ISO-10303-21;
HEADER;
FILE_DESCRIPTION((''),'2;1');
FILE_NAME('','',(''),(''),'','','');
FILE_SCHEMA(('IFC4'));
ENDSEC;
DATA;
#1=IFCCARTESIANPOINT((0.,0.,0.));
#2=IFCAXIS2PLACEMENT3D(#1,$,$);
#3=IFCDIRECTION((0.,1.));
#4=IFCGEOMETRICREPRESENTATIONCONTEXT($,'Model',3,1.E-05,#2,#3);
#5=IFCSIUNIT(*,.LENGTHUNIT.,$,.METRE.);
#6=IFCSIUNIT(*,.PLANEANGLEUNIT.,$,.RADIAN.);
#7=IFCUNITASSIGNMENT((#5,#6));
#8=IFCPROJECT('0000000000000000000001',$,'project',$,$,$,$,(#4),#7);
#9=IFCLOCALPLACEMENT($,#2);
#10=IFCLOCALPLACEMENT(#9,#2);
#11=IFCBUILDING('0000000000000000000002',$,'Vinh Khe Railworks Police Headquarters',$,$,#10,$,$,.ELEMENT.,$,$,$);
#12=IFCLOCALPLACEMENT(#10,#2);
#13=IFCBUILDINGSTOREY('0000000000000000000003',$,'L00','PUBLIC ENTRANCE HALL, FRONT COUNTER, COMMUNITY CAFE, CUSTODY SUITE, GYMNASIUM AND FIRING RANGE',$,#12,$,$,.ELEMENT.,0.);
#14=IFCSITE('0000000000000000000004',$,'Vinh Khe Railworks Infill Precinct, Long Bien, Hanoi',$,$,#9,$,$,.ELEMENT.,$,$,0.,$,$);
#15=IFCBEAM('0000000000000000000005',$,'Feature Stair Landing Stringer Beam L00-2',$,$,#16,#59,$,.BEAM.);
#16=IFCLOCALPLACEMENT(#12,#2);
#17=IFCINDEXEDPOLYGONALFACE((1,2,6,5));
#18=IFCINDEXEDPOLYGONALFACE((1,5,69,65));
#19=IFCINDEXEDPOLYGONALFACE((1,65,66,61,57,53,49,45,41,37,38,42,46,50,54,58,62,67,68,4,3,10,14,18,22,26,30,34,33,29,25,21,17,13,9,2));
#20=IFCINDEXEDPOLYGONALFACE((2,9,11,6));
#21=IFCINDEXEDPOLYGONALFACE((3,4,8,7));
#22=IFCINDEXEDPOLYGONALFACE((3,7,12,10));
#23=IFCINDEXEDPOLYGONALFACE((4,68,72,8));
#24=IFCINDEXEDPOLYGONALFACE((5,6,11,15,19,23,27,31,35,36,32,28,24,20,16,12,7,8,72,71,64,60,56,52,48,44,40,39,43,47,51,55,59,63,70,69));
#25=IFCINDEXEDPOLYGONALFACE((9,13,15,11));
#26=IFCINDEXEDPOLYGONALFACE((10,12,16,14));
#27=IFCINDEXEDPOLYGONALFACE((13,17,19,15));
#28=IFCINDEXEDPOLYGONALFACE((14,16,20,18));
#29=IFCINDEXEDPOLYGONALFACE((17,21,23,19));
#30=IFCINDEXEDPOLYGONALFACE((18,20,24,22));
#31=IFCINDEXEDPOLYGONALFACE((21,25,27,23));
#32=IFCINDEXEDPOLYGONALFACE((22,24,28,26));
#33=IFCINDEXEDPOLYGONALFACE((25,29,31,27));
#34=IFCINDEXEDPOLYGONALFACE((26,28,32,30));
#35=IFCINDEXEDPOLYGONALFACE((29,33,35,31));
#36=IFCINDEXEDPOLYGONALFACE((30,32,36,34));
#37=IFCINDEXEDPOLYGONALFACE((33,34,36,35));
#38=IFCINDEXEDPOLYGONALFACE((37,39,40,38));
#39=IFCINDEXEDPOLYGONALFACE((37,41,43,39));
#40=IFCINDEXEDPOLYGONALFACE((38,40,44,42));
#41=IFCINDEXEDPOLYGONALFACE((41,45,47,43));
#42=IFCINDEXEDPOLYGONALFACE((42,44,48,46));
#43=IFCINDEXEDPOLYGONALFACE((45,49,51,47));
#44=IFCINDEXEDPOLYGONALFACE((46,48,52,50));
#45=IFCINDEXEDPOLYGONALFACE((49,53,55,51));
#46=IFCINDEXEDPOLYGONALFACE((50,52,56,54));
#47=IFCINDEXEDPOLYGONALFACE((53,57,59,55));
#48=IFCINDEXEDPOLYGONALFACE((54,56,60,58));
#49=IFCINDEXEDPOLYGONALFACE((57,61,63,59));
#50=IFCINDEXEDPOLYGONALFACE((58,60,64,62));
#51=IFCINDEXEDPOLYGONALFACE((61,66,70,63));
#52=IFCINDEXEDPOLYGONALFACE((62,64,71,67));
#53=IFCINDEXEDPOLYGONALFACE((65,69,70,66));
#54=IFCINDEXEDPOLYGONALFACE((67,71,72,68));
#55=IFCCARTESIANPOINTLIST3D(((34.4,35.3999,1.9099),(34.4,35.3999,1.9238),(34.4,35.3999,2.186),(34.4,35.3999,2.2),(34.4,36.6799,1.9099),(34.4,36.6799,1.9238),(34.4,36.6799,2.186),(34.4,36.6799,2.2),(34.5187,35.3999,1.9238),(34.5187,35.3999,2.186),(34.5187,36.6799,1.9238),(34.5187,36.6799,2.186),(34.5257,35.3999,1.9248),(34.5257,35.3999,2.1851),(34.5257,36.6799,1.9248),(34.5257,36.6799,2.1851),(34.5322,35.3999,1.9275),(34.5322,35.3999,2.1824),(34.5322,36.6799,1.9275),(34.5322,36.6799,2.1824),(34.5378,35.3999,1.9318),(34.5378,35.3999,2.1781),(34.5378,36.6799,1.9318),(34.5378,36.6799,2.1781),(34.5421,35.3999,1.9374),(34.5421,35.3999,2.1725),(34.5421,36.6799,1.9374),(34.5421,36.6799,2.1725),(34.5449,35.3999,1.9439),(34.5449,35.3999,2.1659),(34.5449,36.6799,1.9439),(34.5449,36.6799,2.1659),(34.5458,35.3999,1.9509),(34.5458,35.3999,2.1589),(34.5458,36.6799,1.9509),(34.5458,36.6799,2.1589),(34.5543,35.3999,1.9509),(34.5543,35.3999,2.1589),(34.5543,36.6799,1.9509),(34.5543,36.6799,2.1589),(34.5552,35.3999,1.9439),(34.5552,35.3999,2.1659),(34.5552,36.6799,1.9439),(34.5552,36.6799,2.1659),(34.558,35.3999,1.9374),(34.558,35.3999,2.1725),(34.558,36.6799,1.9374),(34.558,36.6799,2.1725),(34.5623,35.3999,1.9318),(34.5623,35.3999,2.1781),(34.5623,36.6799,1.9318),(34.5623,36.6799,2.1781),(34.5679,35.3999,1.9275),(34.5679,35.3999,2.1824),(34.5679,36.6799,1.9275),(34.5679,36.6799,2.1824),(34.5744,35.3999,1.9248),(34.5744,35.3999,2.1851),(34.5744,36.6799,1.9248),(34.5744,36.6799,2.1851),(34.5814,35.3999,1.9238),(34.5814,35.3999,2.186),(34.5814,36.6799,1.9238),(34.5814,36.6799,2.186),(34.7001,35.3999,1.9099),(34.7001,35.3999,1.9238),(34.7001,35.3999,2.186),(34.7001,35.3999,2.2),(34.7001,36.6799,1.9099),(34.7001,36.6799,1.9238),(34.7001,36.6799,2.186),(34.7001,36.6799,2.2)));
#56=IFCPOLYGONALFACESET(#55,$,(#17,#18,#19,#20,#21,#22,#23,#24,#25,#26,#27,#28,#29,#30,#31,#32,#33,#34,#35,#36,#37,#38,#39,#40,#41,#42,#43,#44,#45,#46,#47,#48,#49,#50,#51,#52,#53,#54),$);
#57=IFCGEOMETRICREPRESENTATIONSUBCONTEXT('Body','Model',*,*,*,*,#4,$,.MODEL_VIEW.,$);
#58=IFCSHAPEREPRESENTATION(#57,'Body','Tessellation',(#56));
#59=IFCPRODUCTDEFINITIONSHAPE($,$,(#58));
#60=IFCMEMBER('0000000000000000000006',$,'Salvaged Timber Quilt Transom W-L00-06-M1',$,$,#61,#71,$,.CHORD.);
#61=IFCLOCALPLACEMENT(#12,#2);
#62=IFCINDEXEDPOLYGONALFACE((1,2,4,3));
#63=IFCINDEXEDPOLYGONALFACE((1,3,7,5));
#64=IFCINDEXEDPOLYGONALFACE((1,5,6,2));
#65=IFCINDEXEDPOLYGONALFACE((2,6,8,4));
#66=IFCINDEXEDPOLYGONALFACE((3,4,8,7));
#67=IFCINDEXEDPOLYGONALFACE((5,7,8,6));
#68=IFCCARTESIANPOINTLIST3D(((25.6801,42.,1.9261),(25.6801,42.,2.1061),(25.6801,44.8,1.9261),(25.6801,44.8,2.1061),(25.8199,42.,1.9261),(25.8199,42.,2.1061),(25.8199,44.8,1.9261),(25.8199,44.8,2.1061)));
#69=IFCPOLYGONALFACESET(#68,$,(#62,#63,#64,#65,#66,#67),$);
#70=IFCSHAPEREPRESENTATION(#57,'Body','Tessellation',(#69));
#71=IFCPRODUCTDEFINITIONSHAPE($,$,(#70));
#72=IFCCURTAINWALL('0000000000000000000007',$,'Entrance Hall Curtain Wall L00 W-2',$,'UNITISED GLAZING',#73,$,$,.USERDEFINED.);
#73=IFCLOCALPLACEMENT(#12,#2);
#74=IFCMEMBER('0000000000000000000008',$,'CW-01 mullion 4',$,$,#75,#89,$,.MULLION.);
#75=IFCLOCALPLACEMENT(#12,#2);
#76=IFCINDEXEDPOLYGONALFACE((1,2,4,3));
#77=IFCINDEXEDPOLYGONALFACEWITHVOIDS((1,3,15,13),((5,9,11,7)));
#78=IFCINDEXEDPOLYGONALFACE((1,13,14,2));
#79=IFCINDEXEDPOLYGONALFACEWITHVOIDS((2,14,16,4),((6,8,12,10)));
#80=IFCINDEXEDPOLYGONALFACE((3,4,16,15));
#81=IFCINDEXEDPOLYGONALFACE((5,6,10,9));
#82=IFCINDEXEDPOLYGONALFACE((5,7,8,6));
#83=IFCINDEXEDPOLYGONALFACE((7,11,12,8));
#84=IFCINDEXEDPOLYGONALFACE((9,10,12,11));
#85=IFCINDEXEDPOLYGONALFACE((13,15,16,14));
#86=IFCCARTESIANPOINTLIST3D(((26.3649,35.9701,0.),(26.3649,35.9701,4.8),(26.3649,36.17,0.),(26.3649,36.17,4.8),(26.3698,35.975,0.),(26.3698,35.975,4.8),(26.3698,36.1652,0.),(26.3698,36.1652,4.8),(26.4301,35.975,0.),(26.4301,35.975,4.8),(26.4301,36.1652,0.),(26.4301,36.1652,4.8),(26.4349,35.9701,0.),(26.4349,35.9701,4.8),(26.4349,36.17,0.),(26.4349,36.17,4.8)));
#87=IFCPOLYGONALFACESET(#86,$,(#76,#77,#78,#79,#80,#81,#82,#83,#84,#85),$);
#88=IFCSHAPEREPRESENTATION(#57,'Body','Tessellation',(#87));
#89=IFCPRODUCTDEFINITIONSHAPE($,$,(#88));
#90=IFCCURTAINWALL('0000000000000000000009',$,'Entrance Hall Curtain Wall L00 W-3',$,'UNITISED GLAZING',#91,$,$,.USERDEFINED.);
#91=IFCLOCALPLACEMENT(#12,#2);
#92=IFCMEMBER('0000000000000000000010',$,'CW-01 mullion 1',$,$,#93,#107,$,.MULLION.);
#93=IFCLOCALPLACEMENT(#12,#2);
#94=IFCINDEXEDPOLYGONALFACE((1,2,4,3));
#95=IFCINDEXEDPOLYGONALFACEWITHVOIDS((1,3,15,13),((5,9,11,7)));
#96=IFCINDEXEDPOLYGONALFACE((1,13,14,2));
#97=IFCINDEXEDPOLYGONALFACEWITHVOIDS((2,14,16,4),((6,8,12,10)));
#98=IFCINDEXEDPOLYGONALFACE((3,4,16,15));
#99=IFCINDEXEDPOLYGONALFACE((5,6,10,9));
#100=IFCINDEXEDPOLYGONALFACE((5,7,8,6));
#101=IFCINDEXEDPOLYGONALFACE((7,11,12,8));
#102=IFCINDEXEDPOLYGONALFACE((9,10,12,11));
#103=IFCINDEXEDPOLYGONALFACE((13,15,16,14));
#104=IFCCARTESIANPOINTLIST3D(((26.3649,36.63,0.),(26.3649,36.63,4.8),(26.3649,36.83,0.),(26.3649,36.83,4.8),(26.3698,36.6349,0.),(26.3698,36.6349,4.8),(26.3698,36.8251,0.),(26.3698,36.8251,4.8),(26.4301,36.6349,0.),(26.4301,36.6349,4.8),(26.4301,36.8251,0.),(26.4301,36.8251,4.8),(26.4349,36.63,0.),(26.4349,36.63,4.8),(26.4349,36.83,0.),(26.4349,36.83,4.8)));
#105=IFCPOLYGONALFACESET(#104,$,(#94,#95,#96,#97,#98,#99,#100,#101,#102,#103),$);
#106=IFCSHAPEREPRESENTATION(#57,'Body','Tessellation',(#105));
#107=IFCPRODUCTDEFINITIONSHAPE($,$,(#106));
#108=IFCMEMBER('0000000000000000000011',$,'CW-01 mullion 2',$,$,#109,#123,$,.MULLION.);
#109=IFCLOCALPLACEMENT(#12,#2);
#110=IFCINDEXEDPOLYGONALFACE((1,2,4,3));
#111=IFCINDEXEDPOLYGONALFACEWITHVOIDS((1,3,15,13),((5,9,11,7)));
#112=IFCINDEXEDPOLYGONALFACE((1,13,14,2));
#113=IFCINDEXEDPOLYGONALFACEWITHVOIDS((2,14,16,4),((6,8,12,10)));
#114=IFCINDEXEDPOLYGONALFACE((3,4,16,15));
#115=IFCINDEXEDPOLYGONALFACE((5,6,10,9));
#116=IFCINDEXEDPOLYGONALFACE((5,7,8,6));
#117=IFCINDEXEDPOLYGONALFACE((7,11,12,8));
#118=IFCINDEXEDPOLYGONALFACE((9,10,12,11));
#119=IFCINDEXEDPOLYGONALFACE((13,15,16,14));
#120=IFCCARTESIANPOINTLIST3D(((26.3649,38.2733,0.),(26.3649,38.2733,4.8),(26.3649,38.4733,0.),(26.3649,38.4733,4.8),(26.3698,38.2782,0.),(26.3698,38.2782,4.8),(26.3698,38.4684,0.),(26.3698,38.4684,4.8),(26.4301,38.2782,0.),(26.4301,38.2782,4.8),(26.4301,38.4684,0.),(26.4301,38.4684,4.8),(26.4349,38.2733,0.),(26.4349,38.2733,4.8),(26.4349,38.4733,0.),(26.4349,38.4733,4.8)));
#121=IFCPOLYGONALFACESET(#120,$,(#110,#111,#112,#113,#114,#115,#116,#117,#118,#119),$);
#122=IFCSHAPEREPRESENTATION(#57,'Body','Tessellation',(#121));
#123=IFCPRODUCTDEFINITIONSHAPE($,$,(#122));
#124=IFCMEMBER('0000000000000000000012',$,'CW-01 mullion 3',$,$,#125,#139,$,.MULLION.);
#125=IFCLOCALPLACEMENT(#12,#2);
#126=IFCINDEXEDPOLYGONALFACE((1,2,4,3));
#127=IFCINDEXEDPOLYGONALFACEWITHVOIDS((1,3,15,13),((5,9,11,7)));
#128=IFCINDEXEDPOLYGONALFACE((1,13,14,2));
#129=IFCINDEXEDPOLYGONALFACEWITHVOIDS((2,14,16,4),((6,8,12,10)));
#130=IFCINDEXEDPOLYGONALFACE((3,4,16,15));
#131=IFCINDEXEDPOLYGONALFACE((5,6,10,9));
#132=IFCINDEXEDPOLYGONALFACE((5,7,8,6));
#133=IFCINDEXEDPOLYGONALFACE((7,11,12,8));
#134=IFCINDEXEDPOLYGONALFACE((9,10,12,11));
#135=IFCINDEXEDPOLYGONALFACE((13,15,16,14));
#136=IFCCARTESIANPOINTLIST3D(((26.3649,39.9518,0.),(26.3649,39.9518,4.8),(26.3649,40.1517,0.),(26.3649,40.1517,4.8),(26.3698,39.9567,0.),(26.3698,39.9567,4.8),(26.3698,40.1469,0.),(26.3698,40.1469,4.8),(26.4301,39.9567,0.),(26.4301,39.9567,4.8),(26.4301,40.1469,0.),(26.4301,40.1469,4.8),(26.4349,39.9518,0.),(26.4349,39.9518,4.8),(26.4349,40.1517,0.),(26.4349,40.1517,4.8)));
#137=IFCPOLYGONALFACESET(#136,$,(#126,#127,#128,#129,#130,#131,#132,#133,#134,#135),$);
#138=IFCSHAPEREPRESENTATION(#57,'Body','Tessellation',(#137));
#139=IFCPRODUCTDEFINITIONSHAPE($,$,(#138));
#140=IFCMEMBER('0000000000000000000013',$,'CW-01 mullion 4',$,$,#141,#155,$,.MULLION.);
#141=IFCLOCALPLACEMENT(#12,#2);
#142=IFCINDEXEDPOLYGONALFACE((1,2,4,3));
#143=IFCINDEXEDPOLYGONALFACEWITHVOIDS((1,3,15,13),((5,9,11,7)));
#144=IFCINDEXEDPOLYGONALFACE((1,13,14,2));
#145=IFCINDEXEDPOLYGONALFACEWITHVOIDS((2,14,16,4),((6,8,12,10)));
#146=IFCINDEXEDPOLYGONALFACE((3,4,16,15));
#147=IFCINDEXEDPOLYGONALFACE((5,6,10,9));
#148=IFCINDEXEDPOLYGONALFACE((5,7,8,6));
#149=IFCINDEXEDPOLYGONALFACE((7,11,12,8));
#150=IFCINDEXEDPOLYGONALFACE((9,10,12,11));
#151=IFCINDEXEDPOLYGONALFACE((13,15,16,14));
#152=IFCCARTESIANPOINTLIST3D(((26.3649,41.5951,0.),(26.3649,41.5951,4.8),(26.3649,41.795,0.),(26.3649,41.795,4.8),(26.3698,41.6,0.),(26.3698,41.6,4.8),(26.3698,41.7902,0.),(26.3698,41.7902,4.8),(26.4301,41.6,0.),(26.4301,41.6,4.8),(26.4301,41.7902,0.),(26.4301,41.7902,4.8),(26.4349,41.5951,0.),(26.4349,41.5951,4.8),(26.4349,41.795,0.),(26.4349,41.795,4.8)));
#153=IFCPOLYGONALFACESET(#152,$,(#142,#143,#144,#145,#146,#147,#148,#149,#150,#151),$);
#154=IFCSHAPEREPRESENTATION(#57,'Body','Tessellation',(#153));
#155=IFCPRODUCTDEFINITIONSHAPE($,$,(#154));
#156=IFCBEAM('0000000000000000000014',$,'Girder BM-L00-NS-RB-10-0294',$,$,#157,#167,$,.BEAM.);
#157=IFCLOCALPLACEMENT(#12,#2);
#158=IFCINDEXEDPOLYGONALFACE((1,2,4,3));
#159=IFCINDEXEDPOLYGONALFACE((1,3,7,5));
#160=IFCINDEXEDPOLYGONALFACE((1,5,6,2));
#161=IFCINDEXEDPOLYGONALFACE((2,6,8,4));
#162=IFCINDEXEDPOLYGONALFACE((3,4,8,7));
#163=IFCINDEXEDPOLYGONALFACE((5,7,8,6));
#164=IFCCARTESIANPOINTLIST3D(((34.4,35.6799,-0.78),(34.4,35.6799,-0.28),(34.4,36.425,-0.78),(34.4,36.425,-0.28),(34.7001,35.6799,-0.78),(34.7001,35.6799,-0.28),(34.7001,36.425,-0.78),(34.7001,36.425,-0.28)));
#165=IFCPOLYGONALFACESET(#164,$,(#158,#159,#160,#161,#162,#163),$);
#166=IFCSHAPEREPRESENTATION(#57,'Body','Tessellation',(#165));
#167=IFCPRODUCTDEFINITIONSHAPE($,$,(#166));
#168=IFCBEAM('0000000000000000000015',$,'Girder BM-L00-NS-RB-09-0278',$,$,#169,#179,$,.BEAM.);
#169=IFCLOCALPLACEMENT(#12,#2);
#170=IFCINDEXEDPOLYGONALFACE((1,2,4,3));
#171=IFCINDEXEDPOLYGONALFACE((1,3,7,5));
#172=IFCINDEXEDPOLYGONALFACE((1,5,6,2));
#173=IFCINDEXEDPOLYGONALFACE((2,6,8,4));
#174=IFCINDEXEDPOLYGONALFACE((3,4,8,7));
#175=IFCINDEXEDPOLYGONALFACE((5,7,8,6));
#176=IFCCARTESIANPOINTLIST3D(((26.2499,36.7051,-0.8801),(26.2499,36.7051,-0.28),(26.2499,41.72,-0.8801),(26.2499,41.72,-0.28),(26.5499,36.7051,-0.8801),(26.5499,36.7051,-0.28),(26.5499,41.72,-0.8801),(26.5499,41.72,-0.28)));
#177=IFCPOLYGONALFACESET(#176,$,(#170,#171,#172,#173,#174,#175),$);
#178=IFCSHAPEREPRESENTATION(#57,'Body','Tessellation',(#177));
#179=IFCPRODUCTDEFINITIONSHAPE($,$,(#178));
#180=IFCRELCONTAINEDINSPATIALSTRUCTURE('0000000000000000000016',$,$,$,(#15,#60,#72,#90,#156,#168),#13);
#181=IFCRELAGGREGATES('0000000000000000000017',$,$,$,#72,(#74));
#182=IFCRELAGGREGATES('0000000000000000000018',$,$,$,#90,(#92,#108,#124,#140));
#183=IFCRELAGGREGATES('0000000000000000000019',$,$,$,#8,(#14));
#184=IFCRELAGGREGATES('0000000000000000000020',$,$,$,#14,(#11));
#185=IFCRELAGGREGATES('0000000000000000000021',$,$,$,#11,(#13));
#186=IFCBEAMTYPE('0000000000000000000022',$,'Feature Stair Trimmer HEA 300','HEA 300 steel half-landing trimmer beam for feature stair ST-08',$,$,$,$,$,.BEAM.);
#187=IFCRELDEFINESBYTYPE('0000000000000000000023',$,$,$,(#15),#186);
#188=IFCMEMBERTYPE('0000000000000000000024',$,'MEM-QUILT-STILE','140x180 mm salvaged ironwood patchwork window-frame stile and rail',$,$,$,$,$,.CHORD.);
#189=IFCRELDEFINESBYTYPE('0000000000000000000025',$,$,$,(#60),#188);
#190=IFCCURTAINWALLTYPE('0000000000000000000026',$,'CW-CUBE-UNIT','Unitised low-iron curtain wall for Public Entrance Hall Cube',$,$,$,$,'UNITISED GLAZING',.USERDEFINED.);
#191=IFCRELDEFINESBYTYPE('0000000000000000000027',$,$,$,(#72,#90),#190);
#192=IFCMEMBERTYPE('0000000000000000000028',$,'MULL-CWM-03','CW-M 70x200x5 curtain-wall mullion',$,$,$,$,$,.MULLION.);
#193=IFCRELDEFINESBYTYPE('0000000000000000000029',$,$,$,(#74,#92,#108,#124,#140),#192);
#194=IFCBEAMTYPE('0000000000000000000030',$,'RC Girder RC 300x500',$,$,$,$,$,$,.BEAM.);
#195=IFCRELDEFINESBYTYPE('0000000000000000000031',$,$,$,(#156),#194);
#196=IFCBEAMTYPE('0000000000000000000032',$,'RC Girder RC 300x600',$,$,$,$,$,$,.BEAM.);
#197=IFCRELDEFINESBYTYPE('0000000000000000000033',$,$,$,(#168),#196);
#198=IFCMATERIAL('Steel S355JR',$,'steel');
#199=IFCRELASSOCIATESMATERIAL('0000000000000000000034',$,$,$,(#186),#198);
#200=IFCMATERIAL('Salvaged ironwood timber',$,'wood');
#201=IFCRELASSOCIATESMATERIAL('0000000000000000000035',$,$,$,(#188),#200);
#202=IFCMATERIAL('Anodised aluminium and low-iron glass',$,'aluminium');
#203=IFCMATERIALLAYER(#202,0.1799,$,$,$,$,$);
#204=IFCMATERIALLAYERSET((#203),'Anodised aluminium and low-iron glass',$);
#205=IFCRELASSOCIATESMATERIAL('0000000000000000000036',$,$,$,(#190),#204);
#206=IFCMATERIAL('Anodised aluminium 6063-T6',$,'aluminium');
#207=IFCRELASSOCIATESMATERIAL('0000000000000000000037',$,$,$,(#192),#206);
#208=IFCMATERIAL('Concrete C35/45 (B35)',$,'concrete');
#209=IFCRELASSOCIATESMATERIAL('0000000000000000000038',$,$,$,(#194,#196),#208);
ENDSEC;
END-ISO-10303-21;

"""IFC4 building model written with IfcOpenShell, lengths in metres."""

from ifc_helpers import new_model, si_unit, direction, frame, origin, origin_2d, place, context, subcontext, project, spatial, rectangle, hollow_rectangle, i_section, extrude, material, layer, layer_set, material_profile, profile_set, type_object, element, aggregate, save


model = new_model("IFC4")

# Units and contexts
model_context = context("Model", 3, precision=1e-05, world=origin(), true_north=direction((0.0, 1.0)))
body_context = subcontext(model_context, "Body", "Model", "MODEL_VIEW")
ifc_project = project(units=[si_unit("LENGTHUNIT", "METRE"), si_unit("PLANEANGLEUNIT", "RADIAN")], contexts=[model_context])

# Site, building, storey
site_placement = place(None, origin())
site = spatial("IfcSite", under=ifc_project, at=site_placement, Name="Vinh Khe Railworks Infill Precinct, Long Bien, Hanoi", CompositionType="ELEMENT", RefElevation=0.0)
building_placement = place(site_placement, origin())
building = spatial("IfcBuilding", under=site, at=building_placement, Name="Vinh Khe Railworks Police Headquarters", CompositionType="ELEMENT")
storey_placement = place(building_placement, origin())
storey = spatial("IfcBuildingStorey", under=building, at=storey_placement, Name="L00", Description="PUBLIC ENTRANCE HALL, FRONT COUNTER, COMMUNITY CAFE, CUSTODY SUITE, GYMNASIUM AND FIRING RANGE", CompositionType="ELEMENT", Elevation=0.0)

# Shared definitions
ifc_material_1 = material(Name="Steel S355JR", Category="steel")

# Beam
ifc_material_profile_1 = material_profile(ifc_material_1, i_section(OverallWidth=0.3, OverallDepth=0.29, WebThickness=0.0085, FlangeThickness=0.0139, FilletRadius=0.0271, at=origin_2d()), Name="HEA 300")
ifc_profile_set_1 = profile_set([ifc_material_profile_1], Name="Steel S355JR")
beam_type_1 = type_object("IfcBeamType", Name="Feature Stair Trimmer HEA 300", Description="HEA 300 steel half-landing trimmer beam for feature stair ST-08", PredefinedType="BEAM", material=ifc_profile_set_1)
for number, where, z_axis, x_axis, name in (
    (1, (34.55, 35.3999, 2.0549), (0.0, 1.0, 0.0), (-1.0, 0.0, 0.0), "Feature Stair Landing Stringer Beam L00-2"),
):
    element("IfcBeam", number, at=place(storey_placement, frame(where, z_axis=z_axis, x_axis=x_axis)), inside=storey, type_object=beam_type_1, Name=name, PredefinedType="BEAM", context=body_context, shape_type="SweptSolid", body=[
        extrude(i_section(OverallWidth=0.3, OverallDepth=0.29, WebThickness=0.0085, FlangeThickness=0.0139, FilletRadius=0.0271, at=origin_2d()), origin(), (0.0, 0.0, 1.0), 1.28),
    ])

# Member
ifc_material_2 = material(Name="Salvaged ironwood timber", Category="wood")
ifc_material_profile_2 = material_profile(ifc_material_2, rectangle(XDim=0.1399, YDim=0.1799, at=origin_2d()), Name="TIMBER 140x180")
ifc_profile_set_2 = profile_set([ifc_material_profile_2], Name="Salvaged ironwood timber")
member_type_1 = type_object("IfcMemberType", Name="MEM-QUILT-STILE", Description="140x180 mm salvaged ironwood patchwork window-frame stile and rail", PredefinedType="CHORD", material=ifc_profile_set_2)
member_1_placement = place(storey_placement, frame((25.75, 42.0, 2.0161), z_axis=(0.0, 1.0, 0.0), x_axis=(-1.0, 0.0, 0.0)))
element("IfcMember", 2, at=member_1_placement, inside=storey, type_object=member_type_1, Name="Salvaged Timber Quilt Transom W-L00-06-M1", PredefinedType="CHORD", context=body_context, shape_type="SweptSolid", body=[
    extrude(rectangle(XDim=0.1399, YDim=0.1799, at=origin_2d()), origin(), (0.0, 0.0, 1.0), 2.8),
])

# Curtain wall, member
ifc_material_3 = material(Name="Anodised aluminium and low-iron glass", Category="aluminium")
ifc_layer_1 = layer(ifc_material_3, 0.1799)
ifc_layer_set_1 = layer_set([ifc_layer_1], Name="Anodised aluminium and low-iron glass")
curtain_wall_type = type_object("IfcCurtainWallType", Name="CW-CUBE-UNIT", Description="Unitised low-iron curtain wall for Public Entrance Hall Cube", ElementType="UNITISED GLAZING", PredefinedType="USERDEFINED", material=ifc_layer_set_1)
curtain_wall_1_placement = place(storey_placement, origin())
curtain_wall_1 = element("IfcCurtainWall", 3, at=curtain_wall_1_placement, inside=storey, type_object=curtain_wall_type, Name="Entrance Hall Curtain Wall L00 W-2", ObjectType="UNITISED GLAZING", PredefinedType="USERDEFINED")
ifc_material_4 = material(Name="Anodised aluminium 6063-T6", Category="aluminium")
ifc_material_profile_3 = material_profile(ifc_material_4, hollow_rectangle(XDim=0.0701, YDim=0.2, WallThickness=0.0049, at=origin_2d()), Name="CW-M 70x200x5")
ifc_profile_set_3 = profile_set([ifc_material_profile_3], Name="Anodised aluminium 6063-T6")
member_type_2 = type_object("IfcMemberType", Name="MULL-CWM-03", Description="CW-M 70x200x5 curtain-wall mullion", PredefinedType="MULLION", material=ifc_profile_set_3)
member_2_placement = place(storey_placement, frame((26.3999, 36.0701, 0.0), z_axis=(0.0, 0.0, 1.0), x_axis=(-1.0, 0.0, 0.0)))
member_2 = element("IfcMember", 4, at=member_2_placement, type_object=member_type_2, Name="CW-01 mullion 4", PredefinedType="MULLION", context=body_context, shape_type="SweptSolid", body=[
    extrude(hollow_rectangle(XDim=0.0701, YDim=0.2, WallThickness=0.0049, at=origin_2d()), origin(), (0.0, 0.0, 1.0), 4.8),
])
aggregate(curtain_wall_1, [member_2])

# Curtain wall, members
curtain_wall_2_placement = place(storey_placement, origin())
curtain_wall_2 = element("IfcCurtainWall", 5, at=curtain_wall_2_placement, inside=storey, type_object=curtain_wall_type, Name="Entrance Hall Curtain Wall L00 W-3", ObjectType="UNITISED GLAZING", PredefinedType="USERDEFINED")
member_3_placement = place(storey_placement, frame((26.3999, 36.73, 0.0), z_axis=(0.0, 0.0, 1.0), x_axis=(-1.0, 0.0, 0.0)))
member_3 = element("IfcMember", 6, at=member_3_placement, type_object=member_type_2, Name="CW-01 mullion 1", PredefinedType="MULLION", context=body_context, shape_type="SweptSolid", body=[
    extrude(hollow_rectangle(XDim=0.0701, YDim=0.2, WallThickness=0.0049, at=origin_2d()), origin(), (0.0, 0.0, 1.0), 4.8),
])
member_4_placement = place(storey_placement, frame((26.3999, 38.3733, 0.0), z_axis=(0.0, 0.0, 1.0), x_axis=(-1.0, 0.0, 0.0)))
member_4 = element("IfcMember", 7, at=member_4_placement, type_object=member_type_2, Name="CW-01 mullion 2", PredefinedType="MULLION", context=body_context, shape_type="SweptSolid", body=[
    extrude(hollow_rectangle(XDim=0.0701, YDim=0.2, WallThickness=0.0049, at=origin_2d()), origin(), (0.0, 0.0, 1.0), 4.8),
])
member_5_placement = place(storey_placement, frame((26.3999, 40.0518, 0.0), z_axis=(0.0, 0.0, 1.0), x_axis=(-1.0, 0.0, 0.0)))
member_5 = element("IfcMember", 8, at=member_5_placement, type_object=member_type_2, Name="CW-01 mullion 3", PredefinedType="MULLION", context=body_context, shape_type="SweptSolid", body=[
    extrude(hollow_rectangle(XDim=0.0701, YDim=0.2, WallThickness=0.0049, at=origin_2d()), origin(), (0.0, 0.0, 1.0), 4.8),
])
member_6_placement = place(storey_placement, frame((26.3999, 41.6951, 0.0), z_axis=(0.0, 0.0, 1.0), x_axis=(-1.0, 0.0, 0.0)))
member_6 = element("IfcMember", 9, at=member_6_placement, type_object=member_type_2, Name="CW-01 mullion 4", PredefinedType="MULLION", context=body_context, shape_type="SweptSolid", body=[
    extrude(hollow_rectangle(XDim=0.0701, YDim=0.2, WallThickness=0.0049, at=origin_2d()), origin(), (0.0, 0.0, 1.0), 4.8),
])

# Beams
ifc_material_5 = material(Name="Concrete C35/45 (B35)", Category="concrete")
ifc_material_profile_4 = material_profile(ifc_material_5, rectangle(XDim=0.3, YDim=0.5, at=origin_2d()), Name="RC 300x500")
ifc_profile_set_4 = profile_set([ifc_material_profile_4], Name="Concrete C35/45 (B35)")
beam_type_2 = type_object("IfcBeamType", Name="RC Girder RC 300x500", PredefinedType="BEAM", material=ifc_profile_set_4)
beam_1_placement = place(storey_placement, frame((34.55, 35.6799, -0.53), z_axis=(0.0, 1.0, 0.0), x_axis=(-1.0, 0.0, 0.0)))
element("IfcBeam", 10, at=beam_1_placement, inside=storey, type_object=beam_type_2, Name="Girder BM-L00-NS-RB-10-0294", PredefinedType="BEAM", context=body_context, shape_type="SweptSolid", body=[
    extrude(rectangle(XDim=0.3, YDim=0.5, at=origin_2d()), origin(), (0.0, 0.0, 1.0), 0.7451),
])
ifc_material_profile_5 = material_profile(ifc_material_5, rectangle(XDim=0.3, YDim=0.6001, at=origin_2d()), Name="RC 300x600")
ifc_profile_set_5 = profile_set([ifc_material_profile_5], Name="Concrete C35/45 (B35)")
beam_type_3 = type_object("IfcBeamType", Name="RC Girder RC 300x600", PredefinedType="BEAM", material=ifc_profile_set_5)
beam_2_placement = place(storey_placement, frame((26.3999, 36.7051, -0.5801), z_axis=(0.0, 1.0, 0.0), x_axis=(-1.0, 0.0, 0.0)))
element("IfcBeam", 11, at=beam_2_placement, inside=storey, type_object=beam_type_3, Name="Girder BM-L00-NS-RB-09-0278", PredefinedType="BEAM", context=body_context, shape_type="SweptSolid", body=[
    extrude(rectangle(XDim=0.3, YDim=0.6001, at=origin_2d()), origin(), (0.0, 0.0, 1.0), 5.0149),
])

aggregate(curtain_wall_2, [member_3, member_4, member_5, member_6])

save(model, "model.ifc")
